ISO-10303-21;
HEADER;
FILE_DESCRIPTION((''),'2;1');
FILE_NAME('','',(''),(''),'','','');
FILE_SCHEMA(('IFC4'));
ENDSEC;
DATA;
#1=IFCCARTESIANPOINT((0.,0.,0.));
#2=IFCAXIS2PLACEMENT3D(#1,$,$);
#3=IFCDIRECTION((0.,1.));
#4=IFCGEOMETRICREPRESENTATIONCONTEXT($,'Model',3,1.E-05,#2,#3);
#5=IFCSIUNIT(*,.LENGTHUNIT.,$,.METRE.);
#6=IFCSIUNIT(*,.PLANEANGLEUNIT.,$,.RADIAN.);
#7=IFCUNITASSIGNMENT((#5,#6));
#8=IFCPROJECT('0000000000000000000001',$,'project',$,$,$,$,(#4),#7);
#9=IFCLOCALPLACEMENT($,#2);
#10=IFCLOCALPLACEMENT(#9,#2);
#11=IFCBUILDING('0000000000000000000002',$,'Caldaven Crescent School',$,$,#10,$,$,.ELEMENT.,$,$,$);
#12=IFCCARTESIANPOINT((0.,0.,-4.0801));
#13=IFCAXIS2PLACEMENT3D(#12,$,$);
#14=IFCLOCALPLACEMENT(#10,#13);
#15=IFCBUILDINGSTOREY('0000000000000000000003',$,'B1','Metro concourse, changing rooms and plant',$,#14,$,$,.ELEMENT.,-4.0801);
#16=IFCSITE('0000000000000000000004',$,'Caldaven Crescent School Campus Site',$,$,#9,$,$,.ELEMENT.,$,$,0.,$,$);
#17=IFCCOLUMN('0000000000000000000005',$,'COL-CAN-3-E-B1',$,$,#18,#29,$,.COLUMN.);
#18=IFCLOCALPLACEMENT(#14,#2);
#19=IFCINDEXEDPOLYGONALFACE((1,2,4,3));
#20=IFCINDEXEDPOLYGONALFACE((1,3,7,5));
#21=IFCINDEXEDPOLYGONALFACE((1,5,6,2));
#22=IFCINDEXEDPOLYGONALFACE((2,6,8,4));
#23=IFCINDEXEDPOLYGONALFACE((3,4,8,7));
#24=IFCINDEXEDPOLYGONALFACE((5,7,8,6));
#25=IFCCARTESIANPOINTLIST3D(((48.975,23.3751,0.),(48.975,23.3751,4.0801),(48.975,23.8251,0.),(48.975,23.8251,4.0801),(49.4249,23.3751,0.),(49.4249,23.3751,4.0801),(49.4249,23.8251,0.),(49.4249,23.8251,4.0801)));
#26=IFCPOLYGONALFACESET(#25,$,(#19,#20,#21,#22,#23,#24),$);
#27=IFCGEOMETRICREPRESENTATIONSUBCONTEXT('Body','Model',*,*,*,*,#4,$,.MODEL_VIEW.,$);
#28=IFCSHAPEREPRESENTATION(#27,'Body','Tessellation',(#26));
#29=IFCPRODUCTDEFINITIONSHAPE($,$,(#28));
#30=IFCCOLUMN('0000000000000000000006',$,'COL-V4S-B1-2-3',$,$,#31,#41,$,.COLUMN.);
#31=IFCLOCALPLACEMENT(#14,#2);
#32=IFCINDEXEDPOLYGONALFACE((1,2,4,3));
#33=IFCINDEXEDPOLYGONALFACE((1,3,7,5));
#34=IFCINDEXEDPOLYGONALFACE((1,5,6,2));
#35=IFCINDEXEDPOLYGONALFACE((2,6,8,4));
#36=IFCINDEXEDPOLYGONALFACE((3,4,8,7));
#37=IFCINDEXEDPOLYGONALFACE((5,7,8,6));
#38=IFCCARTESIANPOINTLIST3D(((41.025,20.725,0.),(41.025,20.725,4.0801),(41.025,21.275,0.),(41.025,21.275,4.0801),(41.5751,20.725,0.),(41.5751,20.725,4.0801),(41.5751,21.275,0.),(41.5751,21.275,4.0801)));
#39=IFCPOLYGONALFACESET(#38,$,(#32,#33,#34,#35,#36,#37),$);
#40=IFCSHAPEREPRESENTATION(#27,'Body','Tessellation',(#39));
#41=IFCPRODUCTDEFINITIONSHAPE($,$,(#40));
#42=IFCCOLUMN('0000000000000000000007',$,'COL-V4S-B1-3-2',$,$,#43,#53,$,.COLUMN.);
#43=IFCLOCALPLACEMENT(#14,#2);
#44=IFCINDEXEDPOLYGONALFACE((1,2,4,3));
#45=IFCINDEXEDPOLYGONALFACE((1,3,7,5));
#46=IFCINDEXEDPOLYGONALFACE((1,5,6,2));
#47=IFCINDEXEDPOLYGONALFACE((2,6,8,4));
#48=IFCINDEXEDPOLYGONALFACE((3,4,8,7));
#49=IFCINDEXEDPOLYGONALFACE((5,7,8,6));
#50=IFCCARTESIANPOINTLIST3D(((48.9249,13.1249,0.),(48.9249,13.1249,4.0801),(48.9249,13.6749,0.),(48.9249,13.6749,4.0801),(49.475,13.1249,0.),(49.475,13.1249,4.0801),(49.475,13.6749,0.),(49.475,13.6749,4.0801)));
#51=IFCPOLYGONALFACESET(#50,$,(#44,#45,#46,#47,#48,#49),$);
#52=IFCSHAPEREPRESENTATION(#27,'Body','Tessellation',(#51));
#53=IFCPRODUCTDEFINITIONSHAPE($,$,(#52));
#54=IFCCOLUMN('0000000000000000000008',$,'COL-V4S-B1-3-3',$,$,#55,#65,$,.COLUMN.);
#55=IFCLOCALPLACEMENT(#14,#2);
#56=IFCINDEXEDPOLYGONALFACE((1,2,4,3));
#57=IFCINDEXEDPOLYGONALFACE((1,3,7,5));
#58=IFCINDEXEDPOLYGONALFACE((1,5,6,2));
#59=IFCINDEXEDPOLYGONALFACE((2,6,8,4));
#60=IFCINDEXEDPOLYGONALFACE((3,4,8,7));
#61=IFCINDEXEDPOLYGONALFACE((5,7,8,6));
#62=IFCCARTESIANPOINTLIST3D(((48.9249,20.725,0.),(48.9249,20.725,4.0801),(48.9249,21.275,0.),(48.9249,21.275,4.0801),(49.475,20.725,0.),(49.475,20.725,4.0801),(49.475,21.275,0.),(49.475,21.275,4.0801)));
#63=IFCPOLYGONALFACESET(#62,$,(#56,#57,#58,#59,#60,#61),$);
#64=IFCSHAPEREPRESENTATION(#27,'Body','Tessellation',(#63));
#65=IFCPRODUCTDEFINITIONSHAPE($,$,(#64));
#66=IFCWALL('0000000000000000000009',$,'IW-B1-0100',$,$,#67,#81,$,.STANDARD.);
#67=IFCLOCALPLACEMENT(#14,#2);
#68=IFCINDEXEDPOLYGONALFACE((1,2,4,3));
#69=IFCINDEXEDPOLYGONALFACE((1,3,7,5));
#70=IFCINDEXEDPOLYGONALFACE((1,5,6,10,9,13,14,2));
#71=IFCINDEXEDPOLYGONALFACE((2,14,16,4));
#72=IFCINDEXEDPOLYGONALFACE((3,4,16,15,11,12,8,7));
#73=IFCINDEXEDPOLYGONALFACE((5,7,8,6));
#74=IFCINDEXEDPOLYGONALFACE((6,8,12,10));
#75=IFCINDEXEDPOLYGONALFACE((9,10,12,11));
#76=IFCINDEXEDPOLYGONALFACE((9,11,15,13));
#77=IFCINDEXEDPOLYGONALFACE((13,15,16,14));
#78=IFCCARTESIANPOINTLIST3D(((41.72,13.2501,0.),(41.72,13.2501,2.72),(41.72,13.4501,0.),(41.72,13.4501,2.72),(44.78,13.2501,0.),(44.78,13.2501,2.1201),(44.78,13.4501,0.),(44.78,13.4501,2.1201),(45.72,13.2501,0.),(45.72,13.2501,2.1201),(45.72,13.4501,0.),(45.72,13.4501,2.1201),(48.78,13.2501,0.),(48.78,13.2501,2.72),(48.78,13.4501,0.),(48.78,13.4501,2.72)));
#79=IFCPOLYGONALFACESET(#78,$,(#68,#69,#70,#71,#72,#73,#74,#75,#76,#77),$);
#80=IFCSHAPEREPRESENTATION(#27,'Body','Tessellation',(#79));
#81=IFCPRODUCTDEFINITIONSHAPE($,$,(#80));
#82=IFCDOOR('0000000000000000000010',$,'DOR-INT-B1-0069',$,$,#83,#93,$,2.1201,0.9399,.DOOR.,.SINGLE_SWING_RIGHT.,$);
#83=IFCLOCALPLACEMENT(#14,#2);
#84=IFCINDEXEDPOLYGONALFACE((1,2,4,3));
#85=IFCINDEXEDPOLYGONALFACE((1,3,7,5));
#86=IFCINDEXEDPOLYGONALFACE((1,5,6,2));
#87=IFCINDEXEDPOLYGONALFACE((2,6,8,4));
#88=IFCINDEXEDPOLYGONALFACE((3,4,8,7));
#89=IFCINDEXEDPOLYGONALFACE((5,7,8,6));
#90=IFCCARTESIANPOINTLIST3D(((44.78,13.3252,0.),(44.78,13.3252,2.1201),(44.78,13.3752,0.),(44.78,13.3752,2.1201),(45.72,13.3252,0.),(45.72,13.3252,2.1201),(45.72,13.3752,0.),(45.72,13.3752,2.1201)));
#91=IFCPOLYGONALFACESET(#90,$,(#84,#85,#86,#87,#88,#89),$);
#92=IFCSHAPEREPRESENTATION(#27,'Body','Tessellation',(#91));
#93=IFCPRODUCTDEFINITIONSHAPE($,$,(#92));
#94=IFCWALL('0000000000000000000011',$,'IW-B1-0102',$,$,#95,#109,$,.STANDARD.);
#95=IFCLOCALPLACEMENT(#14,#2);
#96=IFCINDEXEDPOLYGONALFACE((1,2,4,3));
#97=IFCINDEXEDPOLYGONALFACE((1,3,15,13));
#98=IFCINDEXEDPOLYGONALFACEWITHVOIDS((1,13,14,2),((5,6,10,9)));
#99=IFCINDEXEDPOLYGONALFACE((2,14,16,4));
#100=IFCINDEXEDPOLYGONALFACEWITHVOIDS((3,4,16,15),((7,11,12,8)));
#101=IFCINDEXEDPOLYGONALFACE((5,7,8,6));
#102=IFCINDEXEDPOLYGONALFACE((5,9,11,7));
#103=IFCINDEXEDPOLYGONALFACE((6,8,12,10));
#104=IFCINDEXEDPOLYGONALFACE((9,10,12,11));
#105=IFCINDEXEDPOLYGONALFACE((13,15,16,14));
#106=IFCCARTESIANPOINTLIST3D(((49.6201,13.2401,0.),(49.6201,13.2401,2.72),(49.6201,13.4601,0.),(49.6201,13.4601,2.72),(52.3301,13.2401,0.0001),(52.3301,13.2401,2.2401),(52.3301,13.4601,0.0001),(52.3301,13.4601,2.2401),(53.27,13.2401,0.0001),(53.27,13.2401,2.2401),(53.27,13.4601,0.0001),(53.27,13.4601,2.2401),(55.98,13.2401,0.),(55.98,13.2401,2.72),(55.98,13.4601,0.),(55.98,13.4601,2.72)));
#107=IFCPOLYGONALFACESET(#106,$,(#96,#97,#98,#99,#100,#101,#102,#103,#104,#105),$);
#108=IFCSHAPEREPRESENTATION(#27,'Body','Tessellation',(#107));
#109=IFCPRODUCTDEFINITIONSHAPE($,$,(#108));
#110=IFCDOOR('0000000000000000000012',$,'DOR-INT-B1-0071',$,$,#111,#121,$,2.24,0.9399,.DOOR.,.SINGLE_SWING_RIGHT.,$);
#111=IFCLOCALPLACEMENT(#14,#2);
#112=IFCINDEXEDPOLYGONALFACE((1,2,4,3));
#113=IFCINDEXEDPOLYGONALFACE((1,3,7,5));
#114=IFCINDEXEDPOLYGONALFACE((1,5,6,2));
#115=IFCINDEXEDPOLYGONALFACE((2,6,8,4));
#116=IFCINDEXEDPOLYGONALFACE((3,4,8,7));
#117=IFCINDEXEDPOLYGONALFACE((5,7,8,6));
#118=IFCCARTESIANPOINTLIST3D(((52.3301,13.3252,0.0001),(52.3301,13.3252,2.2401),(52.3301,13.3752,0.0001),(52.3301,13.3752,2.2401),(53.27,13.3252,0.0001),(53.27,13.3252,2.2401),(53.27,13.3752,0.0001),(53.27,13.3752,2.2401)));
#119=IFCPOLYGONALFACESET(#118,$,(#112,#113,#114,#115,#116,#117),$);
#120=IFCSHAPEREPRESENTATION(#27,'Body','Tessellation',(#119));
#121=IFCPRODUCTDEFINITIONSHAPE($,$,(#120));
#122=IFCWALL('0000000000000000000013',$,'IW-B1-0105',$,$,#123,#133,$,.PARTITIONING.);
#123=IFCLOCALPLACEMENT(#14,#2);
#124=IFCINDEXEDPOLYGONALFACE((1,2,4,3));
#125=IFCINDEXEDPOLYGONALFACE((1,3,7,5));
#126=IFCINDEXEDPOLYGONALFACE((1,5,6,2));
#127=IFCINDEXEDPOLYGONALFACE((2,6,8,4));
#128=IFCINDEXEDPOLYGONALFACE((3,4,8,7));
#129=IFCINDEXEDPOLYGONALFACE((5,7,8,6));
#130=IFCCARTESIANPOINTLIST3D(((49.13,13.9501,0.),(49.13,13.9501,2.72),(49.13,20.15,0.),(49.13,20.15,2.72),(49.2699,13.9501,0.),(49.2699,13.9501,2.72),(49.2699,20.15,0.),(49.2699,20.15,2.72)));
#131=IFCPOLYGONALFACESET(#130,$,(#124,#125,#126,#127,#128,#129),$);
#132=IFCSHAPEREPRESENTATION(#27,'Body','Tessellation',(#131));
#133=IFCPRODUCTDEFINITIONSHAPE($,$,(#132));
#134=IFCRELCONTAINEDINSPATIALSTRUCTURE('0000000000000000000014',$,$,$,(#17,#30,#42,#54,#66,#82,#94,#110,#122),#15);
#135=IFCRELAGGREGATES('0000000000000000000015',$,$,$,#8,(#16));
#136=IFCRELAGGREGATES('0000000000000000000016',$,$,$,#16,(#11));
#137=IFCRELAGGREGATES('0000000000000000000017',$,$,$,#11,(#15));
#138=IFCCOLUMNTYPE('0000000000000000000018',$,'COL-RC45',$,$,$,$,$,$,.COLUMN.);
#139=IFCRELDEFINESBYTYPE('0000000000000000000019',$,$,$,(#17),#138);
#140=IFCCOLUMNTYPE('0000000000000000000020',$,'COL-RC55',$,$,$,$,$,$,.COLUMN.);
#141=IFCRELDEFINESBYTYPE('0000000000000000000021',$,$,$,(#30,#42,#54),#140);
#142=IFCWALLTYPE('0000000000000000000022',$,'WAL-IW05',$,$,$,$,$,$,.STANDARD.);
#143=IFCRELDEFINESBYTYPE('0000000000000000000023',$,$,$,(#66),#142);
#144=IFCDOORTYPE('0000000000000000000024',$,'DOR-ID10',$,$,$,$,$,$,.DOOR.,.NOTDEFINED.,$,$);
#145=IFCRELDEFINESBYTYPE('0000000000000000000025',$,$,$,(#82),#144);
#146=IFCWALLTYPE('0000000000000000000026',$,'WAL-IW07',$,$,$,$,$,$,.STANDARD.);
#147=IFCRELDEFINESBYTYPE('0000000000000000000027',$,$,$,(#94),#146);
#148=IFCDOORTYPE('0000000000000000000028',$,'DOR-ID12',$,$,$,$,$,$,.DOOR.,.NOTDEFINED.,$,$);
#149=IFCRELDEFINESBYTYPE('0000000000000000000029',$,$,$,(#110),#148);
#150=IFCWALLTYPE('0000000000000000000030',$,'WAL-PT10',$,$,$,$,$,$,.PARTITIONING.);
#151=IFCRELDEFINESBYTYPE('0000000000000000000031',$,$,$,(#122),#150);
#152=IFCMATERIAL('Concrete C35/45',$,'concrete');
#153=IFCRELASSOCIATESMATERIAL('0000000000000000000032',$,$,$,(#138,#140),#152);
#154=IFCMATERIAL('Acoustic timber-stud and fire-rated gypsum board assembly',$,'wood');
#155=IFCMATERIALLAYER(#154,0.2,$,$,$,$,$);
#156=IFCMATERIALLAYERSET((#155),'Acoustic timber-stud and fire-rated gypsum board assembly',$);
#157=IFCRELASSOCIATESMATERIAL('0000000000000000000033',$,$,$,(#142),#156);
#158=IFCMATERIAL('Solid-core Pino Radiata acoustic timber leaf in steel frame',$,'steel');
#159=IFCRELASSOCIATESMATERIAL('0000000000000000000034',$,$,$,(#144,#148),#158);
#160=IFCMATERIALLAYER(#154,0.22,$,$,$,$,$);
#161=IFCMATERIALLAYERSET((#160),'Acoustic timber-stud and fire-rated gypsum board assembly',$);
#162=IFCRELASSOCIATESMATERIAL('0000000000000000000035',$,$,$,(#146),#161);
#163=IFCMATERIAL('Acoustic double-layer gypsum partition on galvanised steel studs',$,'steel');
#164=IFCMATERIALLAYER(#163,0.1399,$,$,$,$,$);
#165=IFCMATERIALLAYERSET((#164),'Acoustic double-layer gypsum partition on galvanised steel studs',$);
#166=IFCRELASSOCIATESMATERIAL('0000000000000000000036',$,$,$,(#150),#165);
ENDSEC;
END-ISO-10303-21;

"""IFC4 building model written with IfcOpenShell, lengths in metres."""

from ifc_helpers import new_model, si_unit, direction, frame, frame_2d, origin, origin_2d, place, context, subcontext, project, spatial, rectangle, extrude, material, layer, layer_set, material_profile, profile_set, type_object, element, fill, save


model = new_model("IFC4")

# Units and contexts
model_context = context("Model", 3, precision=1e-05, world=origin(), true_north=direction((0.0, 1.0)))
body_context = subcontext(model_context, "Body", "Model", "MODEL_VIEW")
ifc_project = project(units=[si_unit("LENGTHUNIT", "METRE"), si_unit("PLANEANGLEUNIT", "RADIAN")], contexts=[model_context])

# Site, building, storey
site_placement = place(None, origin())
site = spatial("IfcSite", under=ifc_project, at=site_placement, Name="Caldaven Crescent School Campus Site", CompositionType="ELEMENT", RefElevation=0.0)
building_placement = place(site_placement, origin())
building = spatial("IfcBuilding", under=site, at=building_placement, Name="Caldaven Crescent School", CompositionType="ELEMENT")
storey_placement = place(building_placement, frame((0.0, 0.0, -4.0801)))
storey = spatial("IfcBuildingStorey", under=building, at=storey_placement, Name="B1", Description="Metro concourse, changing rooms and plant", CompositionType="ELEMENT", Elevation=-4.0801)

# Shared definitions
ifc_material_1 = material(Name="Concrete C35/45", Category="concrete")

# Columns
ifc_material_profile_1 = material_profile(ifc_material_1, rectangle(XDim=0.45, YDim=0.45, at=origin_2d()), Name="RC 450x450")
ifc_profile_set_1 = profile_set([ifc_material_profile_1], Name="Concrete C35/45")
column_type_1 = type_object("IfcColumnType", Name="COL-RC45", PredefinedType="COLUMN", material=ifc_profile_set_1)
for number, where, z_axis, x_axis, name in (
    (1, (49.2, 23.6001, 0.0), (0.0, 0.0, 1.0), (1.0, 0.0, 0.0), "COL-CAN-3-E-B1"),
):
    element("IfcColumn", number, at=place(storey_placement, frame(where, z_axis=z_axis, x_axis=x_axis)), inside=storey, type_object=column_type_1, Name=name, PredefinedType="COLUMN", context=body_context, shape_type="SweptSolid", body=[
        extrude(rectangle(XDim=0.45, YDim=0.45, at=origin_2d()), origin(), (0.0, 0.0, 1.0), 4.0801),
    ])
ifc_material_profile_2 = material_profile(ifc_material_1, rectangle(XDim=0.55, YDim=0.55, at=origin_2d()), Name="RC 550x550")
ifc_profile_set_2 = profile_set([ifc_material_profile_2], Name="Concrete C35/45")
column_type_2 = type_object("IfcColumnType", Name="COL-RC55", PredefinedType="COLUMN", material=ifc_profile_set_2)
for number, where, z_axis, x_axis, name in (
    (2, (41.3, 21.0, 0.0), (0.0, 0.0, 1.0), (1.0, 0.0, 0.0), "COL-V4S-B1-2-3"),
    (3, (49.2, 13.3999, 0.0), (0.0, 0.0, 1.0), (1.0, 0.0, 0.0), "COL-V4S-B1-3-2"),
    (4, (49.2, 21.0, 0.0), (0.0, 0.0, 1.0), (1.0, 0.0, 0.0), "COL-V4S-B1-3-3"),
):
    element("IfcColumn", number, at=place(storey_placement, frame(where, z_axis=z_axis, x_axis=x_axis)), inside=storey, type_object=column_type_2, Name=name, PredefinedType="COLUMN", context=body_context, shape_type="SweptSolid", body=[
        extrude(rectangle(XDim=0.55, YDim=0.55, at=origin_2d()), origin(), (0.0, 0.0, 1.0), 4.0801),
    ])

# Walls, openings, doors
ifc_material_2 = material(Name="Acoustic timber-stud and fire-rated gypsum board assembly", Category="wood")
ifc_layer_1 = layer(ifc_material_2, 0.2)
ifc_layer_set_1 = layer_set([ifc_layer_1], Name="Acoustic timber-stud and fire-rated gypsum board assembly")
wall_type_1 = type_object("IfcWallType", Name="WAL-IW05", PredefinedType="STANDARD", material=ifc_layer_set_1)
wall_1_placement = place(storey_placement, frame((41.72, 13.3501, 0.0), z_axis=(0.0, 0.0, 1.0), x_axis=(1.0, 0.0, 0.0)))
wall_1 = element("IfcWall", 5, at=wall_1_placement, inside=storey, type_object=wall_type_1, Name="IW-B1-0100", PredefinedType="STANDARD", context=body_context, shape_type="SweptSolid", body=[
    extrude(rectangle(XDim=7.0601, YDim=0.2, at=frame_2d((3.53, 0.0))), origin(), (0.0, 0.0, 1.0), 2.72),
])
opening_1_placement = place(wall_1_placement, frame((3.0601, 0.0, 0.0)))
opening_1 = element("IfcOpeningElement", 6, at=opening_1_placement, cuts=wall_1, PredefinedType="OPENING", context=body_context, shape_type="SweptSolid", body=[
    extrude(rectangle(XDim=0.9399, YDim=2.1201, at=frame_2d((0.47, 1.0601))), frame((0.0, 0.1099, 0.0), z_axis=(0.0, -1.0, 0.0), x_axis=(1.0, 0.0, 0.0)), (0.0, 0.0, 1.0), 0.22),
])
ifc_material_3 = material(Name="Solid-core Pino Radiata acoustic timber leaf in steel frame", Category="steel")
door_type_1 = type_object("IfcDoorType", Name="DOR-ID10", OperationType="NOTDEFINED", PredefinedType="DOOR", material=ifc_material_3)
door_1_placement = place(opening_1_placement, frame((0.9399, 0.0, 0.0), z_axis=(0.0, 0.0, 1.0), x_axis=(-1.0, 0.0, 0.0)))
door_1 = element("IfcDoor", 7, at=door_1_placement, inside=storey, type_object=door_type_1, Name="DOR-INT-B1-0069", OperationType="SINGLE_SWING_RIGHT", OverallHeight=2.1201, OverallWidth=0.9399, PredefinedType="DOOR", context=body_context, shape_type="SweptSolid", body=[
    extrude(rectangle(XDim=0.9399, YDim=2.1201, at=frame_2d((0.47, 1.0601))), frame((0.0, 0.0249, 0.0), z_axis=(0.0, -1.0, 0.0), x_axis=(1.0, 0.0, 0.0)), (0.0, 0.0, 1.0), 0.05),
])
fill(opening_1, door_1)
ifc_layer_2 = layer(ifc_material_2, 0.22)
ifc_layer_set_2 = layer_set([ifc_layer_2], Name="Acoustic timber-stud and fire-rated gypsum board assembly")
wall_type_2 = type_object("IfcWallType", Name="WAL-IW07", PredefinedType="STANDARD", material=ifc_layer_set_2)
wall_2_placement = place(storey_placement, frame((49.6201, 13.3501, 0.0), z_axis=(0.0, 0.0, 1.0), x_axis=(1.0, 0.0, 0.0)))
wall_2 = element("IfcWall", 8, at=wall_2_placement, inside=storey, type_object=wall_type_2, Name="IW-B1-0102", PredefinedType="STANDARD", context=body_context, shape_type="SweptSolid", body=[
    extrude(rectangle(XDim=6.3599, YDim=0.22, at=frame_2d((3.1799, 0.0))), origin(), (0.0, 0.0, 1.0), 2.72),
])
opening_2_placement = place(wall_2_placement, frame((2.71, 0.0, 0.0)))
opening_2 = element("IfcOpeningElement", 9, at=opening_2_placement, cuts=wall_2, PredefinedType="OPENING", context=body_context, shape_type="SweptSolid", body=[
    extrude(rectangle(XDim=0.9399, YDim=2.24, at=frame_2d((0.47, 1.1201))), frame((0.0, 0.1199, 0.0), z_axis=(0.0, -1.0, 0.0), x_axis=(1.0, 0.0, 0.0)), (0.0, 0.0, 1.0), 0.24),
])
door_type_2 = type_object("IfcDoorType", Name="DOR-ID12", OperationType="NOTDEFINED", PredefinedType="DOOR", material=ifc_material_3)
door_2_placement = place(opening_2_placement, frame((0.9399, 0.0, 0.0), z_axis=(0.0, 0.0, 1.0), x_axis=(-1.0, 0.0, 0.0)))
door_2 = element("IfcDoor", 10, at=door_2_placement, inside=storey, type_object=door_type_2, Name="DOR-INT-B1-0071", OperationType="SINGLE_SWING_RIGHT", OverallHeight=2.24, OverallWidth=0.9399, PredefinedType="DOOR", context=body_context, shape_type="SweptSolid", body=[
    extrude(rectangle(XDim=0.9399, YDim=2.24, at=frame_2d((0.47, 1.1201))), frame((0.0, 0.0249, 0.0), z_axis=(0.0, -1.0, 0.0), x_axis=(1.0, 0.0, 0.0)), (0.0, 0.0, 1.0), 0.05),
])
fill(opening_2, door_2)

# Wall
ifc_material_4 = material(Name="Acoustic double-layer gypsum partition on galvanised steel studs", Category="steel")
ifc_layer_3 = layer(ifc_material_4, 0.1399)
ifc_layer_set_3 = layer_set([ifc_layer_3], Name="Acoustic double-layer gypsum partition on galvanised steel studs")
wall_type_3 = type_object("IfcWallType", Name="WAL-PT10", PredefinedType="PARTITIONING", material=ifc_layer_set_3)
wall_3_placement = place(storey_placement, frame((49.2, 13.95, 0.0), z_axis=(0.0, 0.0, 1.0), x_axis=(0.0, 1.0, 0.0)))
element("IfcWall", 11, at=wall_3_placement, inside=storey, type_object=wall_type_3, Name="IW-B1-0105", PredefinedType="PARTITIONING", context=body_context, shape_type="SweptSolid", body=[
    extrude(rectangle(XDim=6.2, YDim=0.1399, at=frame_2d((3.1001, 0.0))), origin(), (0.0, 0.0, 1.0), 2.72),
])

save(model, "model.ifc")
